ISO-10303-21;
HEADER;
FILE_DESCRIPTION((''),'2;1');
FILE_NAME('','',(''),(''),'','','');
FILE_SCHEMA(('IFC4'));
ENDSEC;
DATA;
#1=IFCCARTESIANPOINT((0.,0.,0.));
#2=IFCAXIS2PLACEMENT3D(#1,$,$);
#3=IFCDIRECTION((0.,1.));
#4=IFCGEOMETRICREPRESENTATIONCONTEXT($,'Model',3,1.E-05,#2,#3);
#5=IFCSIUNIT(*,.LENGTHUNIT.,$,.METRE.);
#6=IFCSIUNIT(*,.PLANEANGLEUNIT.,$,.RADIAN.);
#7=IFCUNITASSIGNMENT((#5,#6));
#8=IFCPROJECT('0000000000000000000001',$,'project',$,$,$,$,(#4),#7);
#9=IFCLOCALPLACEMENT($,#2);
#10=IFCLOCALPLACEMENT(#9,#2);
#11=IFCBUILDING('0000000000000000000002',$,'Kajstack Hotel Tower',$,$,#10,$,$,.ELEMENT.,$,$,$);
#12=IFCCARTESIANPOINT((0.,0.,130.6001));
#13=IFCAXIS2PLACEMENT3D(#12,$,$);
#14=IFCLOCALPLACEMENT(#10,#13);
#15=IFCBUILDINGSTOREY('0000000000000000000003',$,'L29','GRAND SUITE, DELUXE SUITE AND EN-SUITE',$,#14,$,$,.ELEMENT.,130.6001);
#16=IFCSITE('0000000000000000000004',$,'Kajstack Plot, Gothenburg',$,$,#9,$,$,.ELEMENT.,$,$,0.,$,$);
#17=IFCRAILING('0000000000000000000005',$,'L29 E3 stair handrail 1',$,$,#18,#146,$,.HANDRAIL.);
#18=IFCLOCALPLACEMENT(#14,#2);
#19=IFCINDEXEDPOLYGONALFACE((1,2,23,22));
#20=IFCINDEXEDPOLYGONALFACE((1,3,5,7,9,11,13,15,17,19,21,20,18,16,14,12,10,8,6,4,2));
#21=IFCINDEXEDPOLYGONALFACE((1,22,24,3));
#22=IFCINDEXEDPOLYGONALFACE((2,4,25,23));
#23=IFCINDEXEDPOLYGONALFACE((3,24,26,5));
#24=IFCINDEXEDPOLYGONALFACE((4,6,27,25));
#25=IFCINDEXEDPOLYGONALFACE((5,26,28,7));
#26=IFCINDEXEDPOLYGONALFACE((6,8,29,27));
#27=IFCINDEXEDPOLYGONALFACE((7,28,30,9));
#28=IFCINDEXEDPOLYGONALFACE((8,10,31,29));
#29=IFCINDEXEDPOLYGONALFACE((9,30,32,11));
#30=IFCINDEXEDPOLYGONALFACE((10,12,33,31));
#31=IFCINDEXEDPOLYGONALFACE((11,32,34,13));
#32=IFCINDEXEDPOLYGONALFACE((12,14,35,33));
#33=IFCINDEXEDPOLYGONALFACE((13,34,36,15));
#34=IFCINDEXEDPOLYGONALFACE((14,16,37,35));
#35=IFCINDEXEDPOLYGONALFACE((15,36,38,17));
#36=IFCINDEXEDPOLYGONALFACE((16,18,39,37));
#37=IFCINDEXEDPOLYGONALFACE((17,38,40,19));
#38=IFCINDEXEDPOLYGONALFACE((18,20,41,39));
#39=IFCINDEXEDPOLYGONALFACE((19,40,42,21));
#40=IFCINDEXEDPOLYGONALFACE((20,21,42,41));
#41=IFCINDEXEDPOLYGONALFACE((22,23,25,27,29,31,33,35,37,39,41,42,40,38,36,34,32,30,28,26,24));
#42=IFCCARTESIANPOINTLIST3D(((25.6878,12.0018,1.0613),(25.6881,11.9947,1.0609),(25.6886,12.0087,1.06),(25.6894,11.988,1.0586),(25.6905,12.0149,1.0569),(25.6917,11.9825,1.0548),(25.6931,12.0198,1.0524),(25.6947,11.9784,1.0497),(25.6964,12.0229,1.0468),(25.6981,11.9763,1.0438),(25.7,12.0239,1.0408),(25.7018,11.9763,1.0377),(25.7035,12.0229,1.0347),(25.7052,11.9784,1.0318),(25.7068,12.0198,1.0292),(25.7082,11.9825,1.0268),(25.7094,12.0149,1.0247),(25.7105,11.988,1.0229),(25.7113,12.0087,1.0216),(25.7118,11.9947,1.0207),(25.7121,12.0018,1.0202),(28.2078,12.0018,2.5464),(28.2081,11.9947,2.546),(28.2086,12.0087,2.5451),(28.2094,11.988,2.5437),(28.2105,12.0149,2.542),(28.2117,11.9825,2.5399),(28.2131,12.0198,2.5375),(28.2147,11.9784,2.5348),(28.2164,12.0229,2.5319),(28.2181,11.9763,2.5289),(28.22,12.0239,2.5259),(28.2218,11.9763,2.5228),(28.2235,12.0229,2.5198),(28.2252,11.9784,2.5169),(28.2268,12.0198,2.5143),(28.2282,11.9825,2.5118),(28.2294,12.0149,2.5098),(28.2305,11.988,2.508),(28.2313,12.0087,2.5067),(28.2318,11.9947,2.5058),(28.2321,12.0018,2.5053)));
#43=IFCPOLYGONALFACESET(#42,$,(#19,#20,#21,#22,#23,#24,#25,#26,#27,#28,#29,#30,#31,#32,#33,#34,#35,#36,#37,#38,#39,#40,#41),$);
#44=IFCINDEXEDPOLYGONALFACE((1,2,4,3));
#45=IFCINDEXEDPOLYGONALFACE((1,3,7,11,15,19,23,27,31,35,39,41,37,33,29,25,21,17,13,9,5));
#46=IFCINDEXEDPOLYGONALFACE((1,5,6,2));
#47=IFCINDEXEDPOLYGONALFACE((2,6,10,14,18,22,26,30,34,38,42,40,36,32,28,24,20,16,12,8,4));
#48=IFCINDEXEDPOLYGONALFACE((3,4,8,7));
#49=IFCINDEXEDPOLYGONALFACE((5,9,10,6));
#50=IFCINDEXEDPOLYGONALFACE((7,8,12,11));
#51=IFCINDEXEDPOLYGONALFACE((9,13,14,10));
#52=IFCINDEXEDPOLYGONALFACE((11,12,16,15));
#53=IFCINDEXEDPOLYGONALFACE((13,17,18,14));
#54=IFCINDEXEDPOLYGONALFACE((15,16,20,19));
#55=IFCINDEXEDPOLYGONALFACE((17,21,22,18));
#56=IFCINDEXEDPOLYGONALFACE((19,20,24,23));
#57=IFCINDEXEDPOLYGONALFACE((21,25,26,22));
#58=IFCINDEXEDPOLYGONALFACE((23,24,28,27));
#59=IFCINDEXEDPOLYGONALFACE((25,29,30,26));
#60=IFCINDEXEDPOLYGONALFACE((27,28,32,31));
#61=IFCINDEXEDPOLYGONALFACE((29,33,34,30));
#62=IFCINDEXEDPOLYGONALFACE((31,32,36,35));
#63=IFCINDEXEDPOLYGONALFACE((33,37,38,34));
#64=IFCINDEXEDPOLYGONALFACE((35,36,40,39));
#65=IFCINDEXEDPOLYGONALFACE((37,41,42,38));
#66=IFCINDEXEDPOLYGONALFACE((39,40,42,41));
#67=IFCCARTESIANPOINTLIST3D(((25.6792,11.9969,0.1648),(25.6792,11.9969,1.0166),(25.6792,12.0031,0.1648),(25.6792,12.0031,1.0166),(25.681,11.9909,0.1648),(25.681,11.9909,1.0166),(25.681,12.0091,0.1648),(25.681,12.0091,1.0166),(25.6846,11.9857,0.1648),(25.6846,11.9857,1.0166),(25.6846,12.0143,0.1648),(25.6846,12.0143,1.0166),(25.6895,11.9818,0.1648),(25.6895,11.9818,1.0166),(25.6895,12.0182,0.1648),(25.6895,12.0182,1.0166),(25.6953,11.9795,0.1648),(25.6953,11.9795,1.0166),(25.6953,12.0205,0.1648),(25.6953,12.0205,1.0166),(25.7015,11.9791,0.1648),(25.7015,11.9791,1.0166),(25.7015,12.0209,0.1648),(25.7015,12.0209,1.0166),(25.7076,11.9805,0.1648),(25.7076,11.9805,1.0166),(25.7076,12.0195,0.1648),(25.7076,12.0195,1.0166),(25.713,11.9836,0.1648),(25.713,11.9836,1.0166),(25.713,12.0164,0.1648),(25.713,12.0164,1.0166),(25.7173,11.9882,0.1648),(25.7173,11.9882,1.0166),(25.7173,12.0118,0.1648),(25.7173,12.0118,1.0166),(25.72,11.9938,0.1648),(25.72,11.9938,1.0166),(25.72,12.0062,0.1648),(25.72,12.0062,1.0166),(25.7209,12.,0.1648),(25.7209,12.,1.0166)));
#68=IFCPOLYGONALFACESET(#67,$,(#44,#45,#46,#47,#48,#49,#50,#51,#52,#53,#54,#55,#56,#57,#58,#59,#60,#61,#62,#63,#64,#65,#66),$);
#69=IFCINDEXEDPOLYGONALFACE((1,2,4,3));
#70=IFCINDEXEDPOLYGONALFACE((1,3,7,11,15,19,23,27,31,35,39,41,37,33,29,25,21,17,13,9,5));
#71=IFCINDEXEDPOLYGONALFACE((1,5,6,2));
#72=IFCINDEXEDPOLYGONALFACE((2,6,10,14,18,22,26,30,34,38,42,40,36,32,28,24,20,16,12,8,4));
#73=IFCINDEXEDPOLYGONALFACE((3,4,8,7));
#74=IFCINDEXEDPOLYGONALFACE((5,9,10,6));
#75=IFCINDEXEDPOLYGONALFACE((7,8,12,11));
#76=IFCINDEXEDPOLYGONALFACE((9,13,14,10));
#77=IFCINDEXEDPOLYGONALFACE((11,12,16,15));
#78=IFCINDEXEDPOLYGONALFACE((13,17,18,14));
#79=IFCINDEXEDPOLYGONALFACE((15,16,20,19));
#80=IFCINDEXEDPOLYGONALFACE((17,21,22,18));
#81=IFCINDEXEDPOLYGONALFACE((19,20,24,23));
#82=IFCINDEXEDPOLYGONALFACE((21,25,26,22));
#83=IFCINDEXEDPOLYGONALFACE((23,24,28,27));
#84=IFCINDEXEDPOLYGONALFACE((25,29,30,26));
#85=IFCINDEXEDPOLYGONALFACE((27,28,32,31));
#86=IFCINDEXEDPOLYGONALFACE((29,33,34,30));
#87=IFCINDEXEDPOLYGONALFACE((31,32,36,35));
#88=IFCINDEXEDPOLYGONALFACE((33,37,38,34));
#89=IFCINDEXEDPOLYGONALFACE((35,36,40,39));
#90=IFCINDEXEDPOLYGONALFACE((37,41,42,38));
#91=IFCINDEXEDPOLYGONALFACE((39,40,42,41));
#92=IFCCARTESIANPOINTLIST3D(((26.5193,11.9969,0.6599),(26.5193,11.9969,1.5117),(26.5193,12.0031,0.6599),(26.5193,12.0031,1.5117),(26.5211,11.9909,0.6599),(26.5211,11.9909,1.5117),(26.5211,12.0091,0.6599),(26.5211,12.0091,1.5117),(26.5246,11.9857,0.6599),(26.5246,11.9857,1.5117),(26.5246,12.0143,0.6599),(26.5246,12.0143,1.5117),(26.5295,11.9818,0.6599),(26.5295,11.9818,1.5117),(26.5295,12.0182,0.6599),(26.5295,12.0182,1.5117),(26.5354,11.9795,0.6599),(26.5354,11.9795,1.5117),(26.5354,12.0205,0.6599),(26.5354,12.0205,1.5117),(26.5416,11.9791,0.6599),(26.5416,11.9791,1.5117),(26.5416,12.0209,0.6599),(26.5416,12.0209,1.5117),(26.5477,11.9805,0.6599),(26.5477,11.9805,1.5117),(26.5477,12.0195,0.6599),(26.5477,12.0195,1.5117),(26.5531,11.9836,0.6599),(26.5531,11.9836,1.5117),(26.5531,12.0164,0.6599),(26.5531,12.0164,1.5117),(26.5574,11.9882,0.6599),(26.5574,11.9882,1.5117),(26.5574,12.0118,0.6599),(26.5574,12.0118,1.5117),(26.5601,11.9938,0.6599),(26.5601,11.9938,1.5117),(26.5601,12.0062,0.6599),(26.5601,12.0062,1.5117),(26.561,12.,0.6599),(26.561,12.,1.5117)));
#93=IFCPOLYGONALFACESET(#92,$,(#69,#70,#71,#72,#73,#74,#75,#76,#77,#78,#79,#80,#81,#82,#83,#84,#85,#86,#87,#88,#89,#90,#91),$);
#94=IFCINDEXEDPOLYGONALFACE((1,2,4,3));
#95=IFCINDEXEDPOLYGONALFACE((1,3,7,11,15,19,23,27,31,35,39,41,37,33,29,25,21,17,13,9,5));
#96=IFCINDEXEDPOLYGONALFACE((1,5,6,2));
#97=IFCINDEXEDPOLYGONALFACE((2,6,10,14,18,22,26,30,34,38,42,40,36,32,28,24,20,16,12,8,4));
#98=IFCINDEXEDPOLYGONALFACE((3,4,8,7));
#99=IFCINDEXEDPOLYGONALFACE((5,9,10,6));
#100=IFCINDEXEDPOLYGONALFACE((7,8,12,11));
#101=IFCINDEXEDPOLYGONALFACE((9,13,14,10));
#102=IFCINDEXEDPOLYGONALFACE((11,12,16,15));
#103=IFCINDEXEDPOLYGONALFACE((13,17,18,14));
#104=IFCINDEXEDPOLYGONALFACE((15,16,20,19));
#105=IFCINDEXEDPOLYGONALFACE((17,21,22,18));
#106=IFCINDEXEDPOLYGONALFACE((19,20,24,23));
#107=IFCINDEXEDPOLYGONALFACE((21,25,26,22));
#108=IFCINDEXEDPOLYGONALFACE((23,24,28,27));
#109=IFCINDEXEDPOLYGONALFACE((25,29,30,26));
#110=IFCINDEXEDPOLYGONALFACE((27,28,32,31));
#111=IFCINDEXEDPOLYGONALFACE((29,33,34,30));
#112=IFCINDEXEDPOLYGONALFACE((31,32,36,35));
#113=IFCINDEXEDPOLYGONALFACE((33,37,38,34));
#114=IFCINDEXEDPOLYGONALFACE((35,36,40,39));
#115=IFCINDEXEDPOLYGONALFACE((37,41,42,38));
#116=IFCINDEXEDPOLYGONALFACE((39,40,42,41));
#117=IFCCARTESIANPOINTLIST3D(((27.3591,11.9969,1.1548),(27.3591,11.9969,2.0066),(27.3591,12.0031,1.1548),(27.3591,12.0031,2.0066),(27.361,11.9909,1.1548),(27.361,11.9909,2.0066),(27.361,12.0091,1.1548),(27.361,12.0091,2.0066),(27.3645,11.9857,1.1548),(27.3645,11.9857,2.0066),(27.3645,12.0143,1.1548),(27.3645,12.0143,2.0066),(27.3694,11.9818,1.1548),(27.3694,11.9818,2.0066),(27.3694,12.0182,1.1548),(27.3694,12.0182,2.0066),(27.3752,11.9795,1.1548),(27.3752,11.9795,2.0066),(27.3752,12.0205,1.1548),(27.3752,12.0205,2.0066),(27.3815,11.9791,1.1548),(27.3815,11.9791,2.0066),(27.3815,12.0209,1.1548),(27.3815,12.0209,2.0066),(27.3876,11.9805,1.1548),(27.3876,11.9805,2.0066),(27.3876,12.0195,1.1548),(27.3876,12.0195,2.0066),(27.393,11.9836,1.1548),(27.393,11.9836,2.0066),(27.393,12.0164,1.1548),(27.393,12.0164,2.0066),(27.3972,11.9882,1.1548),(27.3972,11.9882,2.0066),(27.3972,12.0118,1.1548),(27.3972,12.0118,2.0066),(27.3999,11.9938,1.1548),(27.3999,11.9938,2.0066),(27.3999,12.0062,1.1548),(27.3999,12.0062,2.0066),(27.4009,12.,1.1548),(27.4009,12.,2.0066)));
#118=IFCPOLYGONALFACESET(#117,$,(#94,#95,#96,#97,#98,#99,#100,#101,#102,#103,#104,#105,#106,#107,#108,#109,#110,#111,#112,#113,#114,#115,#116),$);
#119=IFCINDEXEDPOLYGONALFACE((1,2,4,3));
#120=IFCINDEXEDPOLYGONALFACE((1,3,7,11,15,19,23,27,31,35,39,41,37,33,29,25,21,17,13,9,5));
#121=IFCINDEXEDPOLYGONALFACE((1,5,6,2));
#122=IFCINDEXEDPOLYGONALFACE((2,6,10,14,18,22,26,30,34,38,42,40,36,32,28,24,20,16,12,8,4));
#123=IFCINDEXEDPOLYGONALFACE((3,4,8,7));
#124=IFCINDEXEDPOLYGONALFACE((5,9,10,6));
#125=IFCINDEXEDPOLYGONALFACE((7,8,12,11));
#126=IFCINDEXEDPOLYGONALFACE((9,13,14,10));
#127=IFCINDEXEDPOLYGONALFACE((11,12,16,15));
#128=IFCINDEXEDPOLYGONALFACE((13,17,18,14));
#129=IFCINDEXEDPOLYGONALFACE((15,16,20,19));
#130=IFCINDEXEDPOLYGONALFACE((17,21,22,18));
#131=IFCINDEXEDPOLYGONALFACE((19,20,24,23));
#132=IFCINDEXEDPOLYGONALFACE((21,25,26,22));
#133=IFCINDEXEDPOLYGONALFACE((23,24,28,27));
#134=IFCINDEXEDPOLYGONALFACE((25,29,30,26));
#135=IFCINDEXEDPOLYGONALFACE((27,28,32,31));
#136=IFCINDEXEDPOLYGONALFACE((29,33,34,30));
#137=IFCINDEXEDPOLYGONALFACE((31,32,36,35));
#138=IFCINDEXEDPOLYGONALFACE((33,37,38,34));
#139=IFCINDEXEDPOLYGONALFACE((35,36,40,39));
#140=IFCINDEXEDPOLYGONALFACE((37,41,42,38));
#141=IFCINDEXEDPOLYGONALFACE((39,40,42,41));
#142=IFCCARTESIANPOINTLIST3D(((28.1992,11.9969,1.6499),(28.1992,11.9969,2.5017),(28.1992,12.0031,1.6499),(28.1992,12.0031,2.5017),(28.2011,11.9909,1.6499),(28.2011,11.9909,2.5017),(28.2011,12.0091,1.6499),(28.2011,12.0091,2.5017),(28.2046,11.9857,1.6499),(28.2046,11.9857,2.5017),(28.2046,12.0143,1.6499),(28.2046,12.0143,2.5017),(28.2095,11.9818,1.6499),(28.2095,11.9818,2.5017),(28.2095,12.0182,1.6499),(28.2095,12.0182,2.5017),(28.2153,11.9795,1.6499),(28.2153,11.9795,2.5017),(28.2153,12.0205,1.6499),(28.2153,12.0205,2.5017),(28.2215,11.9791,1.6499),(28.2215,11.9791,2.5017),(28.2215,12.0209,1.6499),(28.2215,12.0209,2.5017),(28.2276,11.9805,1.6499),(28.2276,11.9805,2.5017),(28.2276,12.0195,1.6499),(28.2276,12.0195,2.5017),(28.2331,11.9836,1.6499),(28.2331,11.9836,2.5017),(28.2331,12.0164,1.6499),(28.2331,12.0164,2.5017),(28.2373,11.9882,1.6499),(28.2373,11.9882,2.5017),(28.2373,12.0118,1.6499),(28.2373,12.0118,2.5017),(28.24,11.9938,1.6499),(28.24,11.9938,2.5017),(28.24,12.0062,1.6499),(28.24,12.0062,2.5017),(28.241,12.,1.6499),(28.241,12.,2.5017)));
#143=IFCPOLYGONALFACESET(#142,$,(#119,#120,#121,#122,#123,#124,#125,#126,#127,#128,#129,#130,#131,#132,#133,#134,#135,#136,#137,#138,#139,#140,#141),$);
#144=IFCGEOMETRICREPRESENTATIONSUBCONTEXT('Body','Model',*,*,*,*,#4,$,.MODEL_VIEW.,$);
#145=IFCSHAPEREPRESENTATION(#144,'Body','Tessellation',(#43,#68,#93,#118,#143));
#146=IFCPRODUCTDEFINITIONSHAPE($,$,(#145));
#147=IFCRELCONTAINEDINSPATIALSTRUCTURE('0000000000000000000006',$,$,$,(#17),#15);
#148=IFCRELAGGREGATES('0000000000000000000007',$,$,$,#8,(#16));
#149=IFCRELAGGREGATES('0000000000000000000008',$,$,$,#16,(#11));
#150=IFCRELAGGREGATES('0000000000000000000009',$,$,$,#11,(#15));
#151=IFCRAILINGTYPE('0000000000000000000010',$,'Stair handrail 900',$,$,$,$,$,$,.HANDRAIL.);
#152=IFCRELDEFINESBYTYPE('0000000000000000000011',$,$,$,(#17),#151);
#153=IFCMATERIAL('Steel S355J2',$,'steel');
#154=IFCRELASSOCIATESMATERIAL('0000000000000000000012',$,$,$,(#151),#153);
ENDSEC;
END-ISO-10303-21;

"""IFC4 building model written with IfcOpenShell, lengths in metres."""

from ifc_helpers import new_model, si_unit, direction, frame, origin, origin_2d, place, context, subcontext, project, spatial, circle, extrude, material, type_object, element, save


model = new_model("IFC4")

# Units and contexts
model_context = context("Model", 3, precision=1e-05, world=origin(), true_north=direction((0.0, 1.0)))
body_context = subcontext(model_context, "Body", "Model", "MODEL_VIEW")
ifc_project = project(units=[si_unit("LENGTHUNIT", "METRE"), si_unit("PLANEANGLEUNIT", "RADIAN")], contexts=[model_context])

# Site, building, storey
site_placement = place(None, origin())
site = spatial("IfcSite", under=ifc_project, at=site_placement, Name="Kajstack Plot, Gothenburg", CompositionType="ELEMENT", RefElevation=0.0)
building_placement = place(site_placement, origin())
building = spatial("IfcBuilding", under=site, at=building_placement, Name="Kajstack Hotel Tower", CompositionType="ELEMENT")
storey_placement = place(building_placement, frame((0.0, 0.0, 130.6001)))
storey = spatial("IfcBuildingStorey", under=building, at=storey_placement, Name="L29", Description="GRAND SUITE, DELUXE SUITE AND EN-SUITE", CompositionType="ELEMENT", Elevation=130.6001)

# Railing
ifc_material_1 = material(Name="Steel S355J2", Category="steel")
railing_type_1 = type_object("IfcRailingType", Name="Stair handrail 900", PredefinedType="HANDRAIL", material=ifc_material_1)
railing_1_placement = place(storey_placement, frame((25.7, 12.0, 0.1648)))
element("IfcRailing", 1, at=railing_1_placement, inside=storey, type_object=railing_type_1, Name="L29 E3 stair handrail 1", PredefinedType="HANDRAIL", context=body_context, shape_type="SweptSolid", body=[
    extrude(circle(Radius=0.0239, at=origin_2d()), frame((0.0, 0.0, 0.876), z_axis=(0.861524, 0.0, 0.507717), x_axis=(0.0, 1.0, 0.0)), (0.0, 0.0, 1.0), 2.925),
    extrude(circle(Radius=0.021, at=origin_2d()), origin(), (0.0, 0.0, 1.0), 0.8518),
    extrude(circle(Radius=0.021, at=origin_2d()), frame((0.8401, 0.0, 0.4951)), (0.0, 0.0, 1.0), 0.8518),
    extrude(circle(Radius=0.021, at=origin_2d()), frame((1.6799, 0.0, 0.99)), (0.0, 0.0, 1.0), 0.8518),
    extrude(circle(Radius=0.021, at=origin_2d()), frame((2.52, 0.0, 1.4851)), (0.0, 0.0, 1.0), 0.8518),
])

save(model, "model.ifc")
